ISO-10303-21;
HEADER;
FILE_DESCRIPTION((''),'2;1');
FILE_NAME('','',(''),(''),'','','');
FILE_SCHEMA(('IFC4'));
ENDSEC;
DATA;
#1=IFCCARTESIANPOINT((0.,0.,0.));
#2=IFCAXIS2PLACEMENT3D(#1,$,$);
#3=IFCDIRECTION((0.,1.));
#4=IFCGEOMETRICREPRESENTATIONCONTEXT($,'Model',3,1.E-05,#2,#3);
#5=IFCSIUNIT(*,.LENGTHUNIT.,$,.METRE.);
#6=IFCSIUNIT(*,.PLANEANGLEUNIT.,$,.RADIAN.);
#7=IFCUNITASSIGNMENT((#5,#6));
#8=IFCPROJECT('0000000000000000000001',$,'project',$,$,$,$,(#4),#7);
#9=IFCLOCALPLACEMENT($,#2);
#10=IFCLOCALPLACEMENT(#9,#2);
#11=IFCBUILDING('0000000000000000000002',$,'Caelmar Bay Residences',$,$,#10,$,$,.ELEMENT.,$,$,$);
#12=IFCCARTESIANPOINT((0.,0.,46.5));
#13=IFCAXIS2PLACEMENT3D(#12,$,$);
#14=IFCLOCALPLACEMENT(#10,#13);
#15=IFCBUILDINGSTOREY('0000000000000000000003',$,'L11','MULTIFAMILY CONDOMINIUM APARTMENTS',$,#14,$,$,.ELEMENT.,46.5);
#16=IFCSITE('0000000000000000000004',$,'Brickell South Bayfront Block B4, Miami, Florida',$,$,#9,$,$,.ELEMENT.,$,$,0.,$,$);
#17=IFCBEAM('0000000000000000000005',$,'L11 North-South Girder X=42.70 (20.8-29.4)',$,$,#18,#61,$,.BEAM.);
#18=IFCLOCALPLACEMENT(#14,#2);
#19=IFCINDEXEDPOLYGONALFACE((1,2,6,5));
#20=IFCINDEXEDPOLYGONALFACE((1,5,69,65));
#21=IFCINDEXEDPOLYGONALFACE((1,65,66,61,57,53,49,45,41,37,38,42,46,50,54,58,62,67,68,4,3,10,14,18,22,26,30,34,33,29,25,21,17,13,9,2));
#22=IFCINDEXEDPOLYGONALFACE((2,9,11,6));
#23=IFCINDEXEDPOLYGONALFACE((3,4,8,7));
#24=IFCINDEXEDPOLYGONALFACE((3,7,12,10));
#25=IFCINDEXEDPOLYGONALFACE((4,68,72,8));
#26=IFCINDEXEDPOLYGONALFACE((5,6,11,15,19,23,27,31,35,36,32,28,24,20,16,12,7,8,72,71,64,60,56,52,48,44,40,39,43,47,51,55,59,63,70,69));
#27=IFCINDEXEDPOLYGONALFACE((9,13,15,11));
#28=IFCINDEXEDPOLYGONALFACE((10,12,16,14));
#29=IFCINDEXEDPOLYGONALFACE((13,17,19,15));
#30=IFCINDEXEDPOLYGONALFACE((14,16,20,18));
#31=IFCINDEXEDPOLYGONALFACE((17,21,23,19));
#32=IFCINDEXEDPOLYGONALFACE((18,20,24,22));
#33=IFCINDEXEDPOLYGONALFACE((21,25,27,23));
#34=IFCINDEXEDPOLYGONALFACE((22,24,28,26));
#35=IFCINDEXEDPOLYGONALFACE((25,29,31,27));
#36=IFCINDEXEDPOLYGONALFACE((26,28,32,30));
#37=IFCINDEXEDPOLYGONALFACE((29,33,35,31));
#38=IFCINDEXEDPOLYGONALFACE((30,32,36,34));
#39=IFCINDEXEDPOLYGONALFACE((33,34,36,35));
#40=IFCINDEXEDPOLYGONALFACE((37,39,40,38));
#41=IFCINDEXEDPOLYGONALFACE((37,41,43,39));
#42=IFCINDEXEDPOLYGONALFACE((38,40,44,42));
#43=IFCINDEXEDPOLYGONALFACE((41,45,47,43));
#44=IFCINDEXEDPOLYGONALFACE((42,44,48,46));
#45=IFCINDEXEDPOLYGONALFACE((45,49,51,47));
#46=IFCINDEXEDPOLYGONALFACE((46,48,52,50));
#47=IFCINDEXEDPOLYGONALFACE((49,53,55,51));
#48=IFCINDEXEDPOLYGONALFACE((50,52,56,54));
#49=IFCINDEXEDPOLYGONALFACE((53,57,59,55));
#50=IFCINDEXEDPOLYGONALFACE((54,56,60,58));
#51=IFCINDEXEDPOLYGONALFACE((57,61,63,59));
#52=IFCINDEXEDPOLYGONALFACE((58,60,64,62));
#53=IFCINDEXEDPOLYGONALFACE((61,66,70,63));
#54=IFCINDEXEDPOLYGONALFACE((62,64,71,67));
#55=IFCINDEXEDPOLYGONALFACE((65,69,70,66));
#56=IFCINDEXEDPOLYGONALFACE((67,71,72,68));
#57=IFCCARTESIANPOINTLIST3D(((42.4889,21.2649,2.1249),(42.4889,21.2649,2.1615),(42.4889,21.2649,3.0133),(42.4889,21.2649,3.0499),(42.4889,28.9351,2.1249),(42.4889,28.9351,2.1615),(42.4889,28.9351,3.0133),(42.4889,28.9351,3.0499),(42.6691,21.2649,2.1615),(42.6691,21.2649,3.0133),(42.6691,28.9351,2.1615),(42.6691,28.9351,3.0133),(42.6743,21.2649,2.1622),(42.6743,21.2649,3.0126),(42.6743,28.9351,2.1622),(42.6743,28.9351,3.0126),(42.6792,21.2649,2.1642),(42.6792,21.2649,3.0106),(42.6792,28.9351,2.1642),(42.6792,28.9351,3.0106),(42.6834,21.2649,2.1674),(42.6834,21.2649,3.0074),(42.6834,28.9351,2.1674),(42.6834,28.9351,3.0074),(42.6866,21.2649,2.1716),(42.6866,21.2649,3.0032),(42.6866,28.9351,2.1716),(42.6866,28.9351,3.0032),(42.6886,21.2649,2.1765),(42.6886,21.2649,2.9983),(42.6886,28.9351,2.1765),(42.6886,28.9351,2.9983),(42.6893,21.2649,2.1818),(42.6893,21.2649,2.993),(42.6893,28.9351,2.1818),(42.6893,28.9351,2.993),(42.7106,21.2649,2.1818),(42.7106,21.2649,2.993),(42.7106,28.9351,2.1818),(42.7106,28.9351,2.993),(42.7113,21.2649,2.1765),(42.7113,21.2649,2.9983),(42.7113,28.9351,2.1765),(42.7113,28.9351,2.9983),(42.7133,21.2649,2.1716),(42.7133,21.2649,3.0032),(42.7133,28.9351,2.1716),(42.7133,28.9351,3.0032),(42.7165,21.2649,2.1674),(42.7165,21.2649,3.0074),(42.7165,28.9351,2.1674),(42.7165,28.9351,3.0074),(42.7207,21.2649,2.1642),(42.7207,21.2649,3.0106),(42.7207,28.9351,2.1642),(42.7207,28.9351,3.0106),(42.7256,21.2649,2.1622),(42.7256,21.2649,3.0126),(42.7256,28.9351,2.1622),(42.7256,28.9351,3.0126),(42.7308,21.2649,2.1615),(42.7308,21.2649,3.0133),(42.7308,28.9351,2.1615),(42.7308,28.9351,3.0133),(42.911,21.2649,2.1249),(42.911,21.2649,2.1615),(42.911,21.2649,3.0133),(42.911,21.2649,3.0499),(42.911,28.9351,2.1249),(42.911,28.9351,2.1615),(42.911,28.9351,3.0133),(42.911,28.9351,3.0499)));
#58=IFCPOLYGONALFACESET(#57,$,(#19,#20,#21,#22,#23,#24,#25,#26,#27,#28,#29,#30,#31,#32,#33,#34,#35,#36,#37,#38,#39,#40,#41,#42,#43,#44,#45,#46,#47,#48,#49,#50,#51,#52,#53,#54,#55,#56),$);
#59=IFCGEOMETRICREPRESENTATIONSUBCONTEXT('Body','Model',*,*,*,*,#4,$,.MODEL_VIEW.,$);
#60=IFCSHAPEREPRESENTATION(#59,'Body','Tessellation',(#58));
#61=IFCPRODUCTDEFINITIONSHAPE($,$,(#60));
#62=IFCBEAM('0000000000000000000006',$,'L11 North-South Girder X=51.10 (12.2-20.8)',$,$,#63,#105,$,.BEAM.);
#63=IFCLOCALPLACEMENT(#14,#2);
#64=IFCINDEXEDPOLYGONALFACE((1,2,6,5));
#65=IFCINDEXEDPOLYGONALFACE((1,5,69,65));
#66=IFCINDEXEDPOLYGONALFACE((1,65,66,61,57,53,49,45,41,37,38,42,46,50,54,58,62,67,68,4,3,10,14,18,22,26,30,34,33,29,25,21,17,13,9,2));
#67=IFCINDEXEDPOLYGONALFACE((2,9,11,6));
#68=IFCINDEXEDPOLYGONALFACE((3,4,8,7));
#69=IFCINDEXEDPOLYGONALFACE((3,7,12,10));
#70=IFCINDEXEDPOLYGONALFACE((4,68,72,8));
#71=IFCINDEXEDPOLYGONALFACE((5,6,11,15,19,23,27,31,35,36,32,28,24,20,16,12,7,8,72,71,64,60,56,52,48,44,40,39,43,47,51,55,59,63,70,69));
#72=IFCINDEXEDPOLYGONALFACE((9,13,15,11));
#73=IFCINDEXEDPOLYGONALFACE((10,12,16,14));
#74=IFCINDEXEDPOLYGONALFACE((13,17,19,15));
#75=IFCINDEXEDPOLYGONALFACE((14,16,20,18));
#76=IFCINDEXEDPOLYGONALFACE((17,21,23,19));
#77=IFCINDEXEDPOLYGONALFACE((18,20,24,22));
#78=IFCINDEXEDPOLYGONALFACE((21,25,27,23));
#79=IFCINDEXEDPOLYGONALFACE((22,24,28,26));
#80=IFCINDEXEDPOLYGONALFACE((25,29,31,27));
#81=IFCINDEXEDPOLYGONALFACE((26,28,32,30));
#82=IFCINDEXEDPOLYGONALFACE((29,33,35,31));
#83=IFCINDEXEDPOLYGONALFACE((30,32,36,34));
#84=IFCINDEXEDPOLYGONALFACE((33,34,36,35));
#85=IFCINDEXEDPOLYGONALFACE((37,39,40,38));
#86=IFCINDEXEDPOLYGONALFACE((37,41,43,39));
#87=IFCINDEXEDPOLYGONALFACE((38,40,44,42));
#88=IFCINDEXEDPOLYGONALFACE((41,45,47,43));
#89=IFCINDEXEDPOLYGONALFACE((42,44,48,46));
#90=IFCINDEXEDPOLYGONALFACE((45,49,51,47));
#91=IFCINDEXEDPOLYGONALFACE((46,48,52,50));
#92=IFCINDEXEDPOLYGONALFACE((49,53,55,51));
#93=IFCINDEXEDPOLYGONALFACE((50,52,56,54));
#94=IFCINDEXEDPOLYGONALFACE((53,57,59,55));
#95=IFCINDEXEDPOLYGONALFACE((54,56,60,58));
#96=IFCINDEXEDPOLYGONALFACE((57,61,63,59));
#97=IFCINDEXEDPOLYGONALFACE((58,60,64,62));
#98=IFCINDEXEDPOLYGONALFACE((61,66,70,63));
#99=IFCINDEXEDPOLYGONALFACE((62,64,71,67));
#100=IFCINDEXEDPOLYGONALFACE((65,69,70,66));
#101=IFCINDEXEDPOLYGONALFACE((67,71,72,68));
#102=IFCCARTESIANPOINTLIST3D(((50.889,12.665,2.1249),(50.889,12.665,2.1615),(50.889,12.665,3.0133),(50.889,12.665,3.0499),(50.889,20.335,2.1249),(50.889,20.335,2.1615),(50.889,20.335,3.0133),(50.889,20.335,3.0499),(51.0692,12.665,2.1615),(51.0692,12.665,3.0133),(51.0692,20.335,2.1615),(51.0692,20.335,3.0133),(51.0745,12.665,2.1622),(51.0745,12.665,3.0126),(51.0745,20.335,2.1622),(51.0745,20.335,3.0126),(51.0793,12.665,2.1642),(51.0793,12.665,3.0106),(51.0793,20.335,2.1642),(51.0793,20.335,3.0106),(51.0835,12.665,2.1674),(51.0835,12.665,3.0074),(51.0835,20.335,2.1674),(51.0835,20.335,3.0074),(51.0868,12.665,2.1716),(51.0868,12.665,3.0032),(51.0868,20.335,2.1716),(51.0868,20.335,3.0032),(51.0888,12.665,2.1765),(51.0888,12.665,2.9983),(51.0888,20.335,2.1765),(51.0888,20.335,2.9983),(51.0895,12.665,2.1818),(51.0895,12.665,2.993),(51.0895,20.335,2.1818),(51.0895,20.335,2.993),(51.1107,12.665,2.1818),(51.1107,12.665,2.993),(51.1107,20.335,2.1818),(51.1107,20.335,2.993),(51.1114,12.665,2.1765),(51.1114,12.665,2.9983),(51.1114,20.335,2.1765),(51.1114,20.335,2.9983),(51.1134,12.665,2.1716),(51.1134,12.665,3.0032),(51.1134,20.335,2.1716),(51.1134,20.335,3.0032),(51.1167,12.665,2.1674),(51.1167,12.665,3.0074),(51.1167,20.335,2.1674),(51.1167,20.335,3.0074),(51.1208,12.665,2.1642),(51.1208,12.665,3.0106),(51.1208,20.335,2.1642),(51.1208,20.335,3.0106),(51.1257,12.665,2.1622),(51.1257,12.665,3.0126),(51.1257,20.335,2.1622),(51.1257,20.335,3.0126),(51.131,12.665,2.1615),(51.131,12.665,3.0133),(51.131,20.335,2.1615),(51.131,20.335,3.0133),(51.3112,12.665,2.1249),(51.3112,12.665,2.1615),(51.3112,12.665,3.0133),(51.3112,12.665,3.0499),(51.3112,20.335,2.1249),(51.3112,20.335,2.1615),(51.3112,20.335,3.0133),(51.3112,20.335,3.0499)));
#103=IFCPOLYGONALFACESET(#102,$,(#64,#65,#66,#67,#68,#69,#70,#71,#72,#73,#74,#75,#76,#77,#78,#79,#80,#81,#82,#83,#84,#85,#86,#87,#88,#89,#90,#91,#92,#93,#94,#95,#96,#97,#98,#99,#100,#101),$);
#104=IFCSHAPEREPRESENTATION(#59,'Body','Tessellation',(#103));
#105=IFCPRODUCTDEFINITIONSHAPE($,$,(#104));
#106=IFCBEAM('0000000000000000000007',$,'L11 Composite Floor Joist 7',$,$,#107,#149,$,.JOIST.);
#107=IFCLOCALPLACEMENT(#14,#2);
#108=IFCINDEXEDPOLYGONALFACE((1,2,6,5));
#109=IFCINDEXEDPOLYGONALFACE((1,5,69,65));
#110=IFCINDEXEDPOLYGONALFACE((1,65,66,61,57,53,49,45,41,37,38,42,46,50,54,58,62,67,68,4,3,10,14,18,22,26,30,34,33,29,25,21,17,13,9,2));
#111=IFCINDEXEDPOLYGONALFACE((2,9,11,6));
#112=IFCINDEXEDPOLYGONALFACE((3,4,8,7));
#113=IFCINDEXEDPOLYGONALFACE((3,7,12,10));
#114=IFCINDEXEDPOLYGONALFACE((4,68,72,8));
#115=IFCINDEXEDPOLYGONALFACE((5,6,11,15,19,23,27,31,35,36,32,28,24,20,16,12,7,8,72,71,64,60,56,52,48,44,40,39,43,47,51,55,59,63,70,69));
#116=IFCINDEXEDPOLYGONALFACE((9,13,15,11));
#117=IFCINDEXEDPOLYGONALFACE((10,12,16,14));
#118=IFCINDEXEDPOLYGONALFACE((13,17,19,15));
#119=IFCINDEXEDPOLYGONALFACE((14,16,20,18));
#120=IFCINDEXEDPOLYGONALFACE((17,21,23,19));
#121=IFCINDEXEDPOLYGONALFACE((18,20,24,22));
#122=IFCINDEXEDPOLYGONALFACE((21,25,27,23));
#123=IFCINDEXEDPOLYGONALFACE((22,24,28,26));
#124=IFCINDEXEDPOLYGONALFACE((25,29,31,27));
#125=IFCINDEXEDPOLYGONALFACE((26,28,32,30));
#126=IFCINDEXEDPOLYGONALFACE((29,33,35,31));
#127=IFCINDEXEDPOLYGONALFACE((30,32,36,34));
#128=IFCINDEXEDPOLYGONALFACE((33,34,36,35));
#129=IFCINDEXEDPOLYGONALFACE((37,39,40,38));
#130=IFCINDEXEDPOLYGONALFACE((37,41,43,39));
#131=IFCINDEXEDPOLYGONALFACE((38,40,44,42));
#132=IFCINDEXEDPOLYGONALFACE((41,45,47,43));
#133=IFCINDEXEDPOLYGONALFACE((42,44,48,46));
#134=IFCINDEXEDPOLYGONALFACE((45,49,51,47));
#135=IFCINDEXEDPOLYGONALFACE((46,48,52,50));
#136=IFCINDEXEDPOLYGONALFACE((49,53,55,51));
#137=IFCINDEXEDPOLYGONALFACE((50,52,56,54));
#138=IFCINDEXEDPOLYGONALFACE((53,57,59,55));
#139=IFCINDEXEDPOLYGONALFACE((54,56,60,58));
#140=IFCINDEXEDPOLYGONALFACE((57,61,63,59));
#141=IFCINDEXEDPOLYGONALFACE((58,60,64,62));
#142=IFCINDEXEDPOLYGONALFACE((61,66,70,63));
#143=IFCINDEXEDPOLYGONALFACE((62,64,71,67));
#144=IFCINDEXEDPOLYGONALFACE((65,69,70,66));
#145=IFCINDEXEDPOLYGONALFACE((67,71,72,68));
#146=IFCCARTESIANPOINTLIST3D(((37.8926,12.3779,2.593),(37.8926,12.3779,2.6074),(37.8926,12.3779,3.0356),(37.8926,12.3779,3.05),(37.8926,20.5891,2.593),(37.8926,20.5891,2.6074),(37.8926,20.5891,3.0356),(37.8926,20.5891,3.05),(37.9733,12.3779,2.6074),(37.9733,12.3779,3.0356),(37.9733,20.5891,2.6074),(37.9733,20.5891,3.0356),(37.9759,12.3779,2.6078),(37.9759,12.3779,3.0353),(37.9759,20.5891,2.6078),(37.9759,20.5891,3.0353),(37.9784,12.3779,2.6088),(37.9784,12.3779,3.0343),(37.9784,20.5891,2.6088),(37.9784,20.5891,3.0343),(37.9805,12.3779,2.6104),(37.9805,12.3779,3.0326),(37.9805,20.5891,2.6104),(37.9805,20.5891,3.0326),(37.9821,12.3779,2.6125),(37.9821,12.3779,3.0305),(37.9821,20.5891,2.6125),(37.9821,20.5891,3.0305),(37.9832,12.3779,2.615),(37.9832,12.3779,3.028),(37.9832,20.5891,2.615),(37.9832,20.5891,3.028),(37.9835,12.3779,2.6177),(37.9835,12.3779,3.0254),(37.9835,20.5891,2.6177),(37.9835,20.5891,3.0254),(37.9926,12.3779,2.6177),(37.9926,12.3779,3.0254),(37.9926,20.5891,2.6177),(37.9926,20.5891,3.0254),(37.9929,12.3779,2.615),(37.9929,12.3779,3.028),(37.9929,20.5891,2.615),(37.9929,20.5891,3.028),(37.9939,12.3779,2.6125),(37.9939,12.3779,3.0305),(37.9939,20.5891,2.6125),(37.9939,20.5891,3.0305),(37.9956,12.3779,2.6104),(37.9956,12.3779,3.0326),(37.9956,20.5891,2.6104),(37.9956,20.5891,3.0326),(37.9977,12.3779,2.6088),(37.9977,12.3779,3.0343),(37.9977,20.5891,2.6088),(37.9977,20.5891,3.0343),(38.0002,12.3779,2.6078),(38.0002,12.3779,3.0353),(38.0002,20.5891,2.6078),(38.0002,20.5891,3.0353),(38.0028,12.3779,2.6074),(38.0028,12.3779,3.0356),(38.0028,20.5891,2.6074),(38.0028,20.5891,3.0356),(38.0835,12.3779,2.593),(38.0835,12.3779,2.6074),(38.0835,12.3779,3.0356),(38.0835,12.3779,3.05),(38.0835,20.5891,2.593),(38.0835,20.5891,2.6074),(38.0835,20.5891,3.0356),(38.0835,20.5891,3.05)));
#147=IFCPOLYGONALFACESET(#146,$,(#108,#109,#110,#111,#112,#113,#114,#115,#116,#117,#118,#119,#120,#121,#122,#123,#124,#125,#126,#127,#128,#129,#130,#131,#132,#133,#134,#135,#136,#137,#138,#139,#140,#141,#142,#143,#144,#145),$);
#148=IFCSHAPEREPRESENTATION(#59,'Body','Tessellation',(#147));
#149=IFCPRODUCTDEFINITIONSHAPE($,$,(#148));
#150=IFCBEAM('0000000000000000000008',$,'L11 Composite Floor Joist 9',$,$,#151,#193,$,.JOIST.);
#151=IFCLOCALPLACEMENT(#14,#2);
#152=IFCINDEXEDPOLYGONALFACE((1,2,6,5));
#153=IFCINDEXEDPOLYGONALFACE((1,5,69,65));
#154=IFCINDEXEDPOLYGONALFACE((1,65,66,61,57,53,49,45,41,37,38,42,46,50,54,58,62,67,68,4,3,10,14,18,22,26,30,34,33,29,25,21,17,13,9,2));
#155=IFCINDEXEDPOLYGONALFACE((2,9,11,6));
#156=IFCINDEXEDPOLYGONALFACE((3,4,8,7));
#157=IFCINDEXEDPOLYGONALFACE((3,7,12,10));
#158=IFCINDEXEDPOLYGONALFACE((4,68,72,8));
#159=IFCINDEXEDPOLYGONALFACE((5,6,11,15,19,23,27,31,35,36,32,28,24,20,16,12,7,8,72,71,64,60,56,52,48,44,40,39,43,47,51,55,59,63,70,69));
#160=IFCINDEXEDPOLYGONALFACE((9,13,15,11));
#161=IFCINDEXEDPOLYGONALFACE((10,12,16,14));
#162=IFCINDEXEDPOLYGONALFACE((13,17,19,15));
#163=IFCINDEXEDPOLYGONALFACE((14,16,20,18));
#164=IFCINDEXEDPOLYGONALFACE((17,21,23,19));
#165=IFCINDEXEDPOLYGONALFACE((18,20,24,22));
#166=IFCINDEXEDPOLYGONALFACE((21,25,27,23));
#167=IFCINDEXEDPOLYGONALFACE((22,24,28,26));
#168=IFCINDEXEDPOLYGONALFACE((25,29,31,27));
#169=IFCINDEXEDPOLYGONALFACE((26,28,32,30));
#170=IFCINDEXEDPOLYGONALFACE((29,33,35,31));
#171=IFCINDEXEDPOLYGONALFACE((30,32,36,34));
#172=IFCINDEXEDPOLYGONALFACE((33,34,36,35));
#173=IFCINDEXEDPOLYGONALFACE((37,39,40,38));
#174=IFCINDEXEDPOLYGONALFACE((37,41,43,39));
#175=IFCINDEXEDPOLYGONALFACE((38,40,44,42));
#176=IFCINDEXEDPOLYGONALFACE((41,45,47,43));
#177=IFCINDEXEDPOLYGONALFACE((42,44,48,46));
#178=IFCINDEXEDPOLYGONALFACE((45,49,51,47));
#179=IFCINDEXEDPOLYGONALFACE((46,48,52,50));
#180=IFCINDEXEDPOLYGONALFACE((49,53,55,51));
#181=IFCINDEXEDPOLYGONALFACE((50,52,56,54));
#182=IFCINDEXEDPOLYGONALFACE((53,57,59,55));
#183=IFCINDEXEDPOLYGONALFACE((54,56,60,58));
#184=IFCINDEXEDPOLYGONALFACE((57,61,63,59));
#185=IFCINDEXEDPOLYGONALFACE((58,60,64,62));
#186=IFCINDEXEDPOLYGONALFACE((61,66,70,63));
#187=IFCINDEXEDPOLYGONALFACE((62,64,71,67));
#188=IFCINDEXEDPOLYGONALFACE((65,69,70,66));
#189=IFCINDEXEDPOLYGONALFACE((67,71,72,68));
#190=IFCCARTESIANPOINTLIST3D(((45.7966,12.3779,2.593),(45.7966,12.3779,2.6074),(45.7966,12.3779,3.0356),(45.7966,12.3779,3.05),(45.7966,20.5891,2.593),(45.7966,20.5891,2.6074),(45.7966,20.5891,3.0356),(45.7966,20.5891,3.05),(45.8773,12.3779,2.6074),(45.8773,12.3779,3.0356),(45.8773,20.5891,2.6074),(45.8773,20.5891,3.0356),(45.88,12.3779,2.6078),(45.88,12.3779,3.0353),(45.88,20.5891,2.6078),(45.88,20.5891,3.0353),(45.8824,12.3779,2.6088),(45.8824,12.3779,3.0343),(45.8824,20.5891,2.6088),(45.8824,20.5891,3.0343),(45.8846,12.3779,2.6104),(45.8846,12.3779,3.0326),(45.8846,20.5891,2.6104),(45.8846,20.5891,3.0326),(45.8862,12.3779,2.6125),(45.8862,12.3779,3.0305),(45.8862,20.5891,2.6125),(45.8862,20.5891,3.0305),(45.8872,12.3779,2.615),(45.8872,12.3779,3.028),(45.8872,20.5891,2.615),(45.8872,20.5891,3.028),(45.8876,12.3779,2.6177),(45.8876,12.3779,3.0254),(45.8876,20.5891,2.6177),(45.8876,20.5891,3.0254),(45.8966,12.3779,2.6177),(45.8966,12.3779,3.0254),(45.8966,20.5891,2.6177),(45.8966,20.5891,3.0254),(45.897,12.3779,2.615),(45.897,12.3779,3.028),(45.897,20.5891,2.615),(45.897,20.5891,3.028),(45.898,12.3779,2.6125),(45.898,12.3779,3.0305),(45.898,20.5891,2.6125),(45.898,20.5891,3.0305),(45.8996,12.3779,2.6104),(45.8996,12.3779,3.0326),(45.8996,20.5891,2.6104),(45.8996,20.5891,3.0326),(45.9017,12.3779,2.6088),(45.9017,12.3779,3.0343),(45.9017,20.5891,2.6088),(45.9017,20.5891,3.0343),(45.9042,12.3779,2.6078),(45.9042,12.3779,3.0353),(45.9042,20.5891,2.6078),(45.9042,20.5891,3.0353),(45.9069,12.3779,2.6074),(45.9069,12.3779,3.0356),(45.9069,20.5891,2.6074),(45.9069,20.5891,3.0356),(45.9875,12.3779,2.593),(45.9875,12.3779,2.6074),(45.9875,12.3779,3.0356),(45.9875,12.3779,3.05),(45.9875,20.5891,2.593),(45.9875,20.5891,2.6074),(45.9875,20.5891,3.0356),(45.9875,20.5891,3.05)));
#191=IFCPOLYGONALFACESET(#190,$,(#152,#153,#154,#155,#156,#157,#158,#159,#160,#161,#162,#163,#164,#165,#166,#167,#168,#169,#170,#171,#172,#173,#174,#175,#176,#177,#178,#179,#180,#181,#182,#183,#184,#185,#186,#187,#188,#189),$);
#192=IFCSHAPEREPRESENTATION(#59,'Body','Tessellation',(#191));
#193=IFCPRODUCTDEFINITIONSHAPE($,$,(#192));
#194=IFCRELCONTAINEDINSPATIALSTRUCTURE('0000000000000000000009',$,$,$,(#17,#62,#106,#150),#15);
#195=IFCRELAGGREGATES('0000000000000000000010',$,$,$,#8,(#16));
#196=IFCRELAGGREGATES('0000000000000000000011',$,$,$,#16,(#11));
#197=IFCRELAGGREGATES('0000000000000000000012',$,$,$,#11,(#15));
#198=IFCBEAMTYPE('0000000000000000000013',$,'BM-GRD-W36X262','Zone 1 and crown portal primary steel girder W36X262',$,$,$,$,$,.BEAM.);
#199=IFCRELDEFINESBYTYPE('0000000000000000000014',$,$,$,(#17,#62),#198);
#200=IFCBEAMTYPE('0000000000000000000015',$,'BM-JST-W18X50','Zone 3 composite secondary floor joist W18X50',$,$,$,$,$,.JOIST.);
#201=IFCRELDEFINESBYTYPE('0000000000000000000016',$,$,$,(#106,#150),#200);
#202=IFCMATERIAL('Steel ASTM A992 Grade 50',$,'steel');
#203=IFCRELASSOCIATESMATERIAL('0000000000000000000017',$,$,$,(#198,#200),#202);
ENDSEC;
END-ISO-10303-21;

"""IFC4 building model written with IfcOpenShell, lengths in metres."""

from ifc_helpers import new_model, si_unit, direction, frame, origin, origin_2d, place, context, subcontext, project, spatial, i_section, extrude, material, material_profile, profile_set, type_object, element, save


model = new_model("IFC4")

# Units and contexts
model_context = context("Model", 3, precision=1e-05, world=origin(), true_north=direction((0.0, 1.0)))
body_context = subcontext(model_context, "Body", "Model", "MODEL_VIEW")
ifc_project = project(units=[si_unit("LENGTHUNIT", "METRE"), si_unit("PLANEANGLEUNIT", "RADIAN")], contexts=[model_context])

# Site, building, storey
site_placement = place(None, origin())
site = spatial("IfcSite", under=ifc_project, at=site_placement, Name="Brickell South Bayfront Block B4, Miami, Florida", CompositionType="ELEMENT", RefElevation=0.0)
building_placement = place(site_placement, origin())
building = spatial("IfcBuilding", under=site, at=building_placement, Name="Caelmar Bay Residences", CompositionType="ELEMENT")
storey_placement = place(building_placement, frame((0.0, 0.0, 46.5)))
storey = spatial("IfcBuildingStorey", under=building, at=storey_placement, Name="L11", Description="MULTIFAMILY CONDOMINIUM APARTMENTS", CompositionType="ELEMENT", Elevation=46.5)

# Beams
ifc_material_1 = material(Name="Steel ASTM A992 Grade 50", Category="steel")
ifc_material_profile_1 = material_profile(ifc_material_1, i_section(OverallWidth=0.4221, OverallDepth=0.925, WebThickness=0.0212, FlangeThickness=0.0366, FilletRadius=0.0203, at=origin_2d()), Name="W36X262")
ifc_profile_set_1 = profile_set([ifc_material_profile_1], Name="Steel ASTM A992 Grade 50")
beam_type_1 = type_object("IfcBeamType", Name="BM-GRD-W36X262", Description="Zone 1 and crown portal primary steel girder W36X262", PredefinedType="BEAM", material=ifc_profile_set_1)
beam_1_placement = place(storey_placement, frame((42.7, 21.2649, 2.5874), z_axis=(0.0, 1.0, 0.0), x_axis=(-1.0, 0.0, 0.0)))
element("IfcBeam", 1, at=beam_1_placement, inside=storey, type_object=beam_type_1, Name="L11 North-South Girder X=42.70 (20.8-29.4)", PredefinedType="BEAM", context=body_context, shape_type="SweptSolid", body=[
    extrude(i_section(OverallWidth=0.4221, OverallDepth=0.925, WebThickness=0.0212, FlangeThickness=0.0366, FilletRadius=0.0203, at=origin_2d()), origin(), (0.0, 0.0, 1.0), 7.6702),
])
beam_2_placement = place(storey_placement, frame((51.1001, 12.665, 2.5874), z_axis=(0.0, 1.0, 0.0), x_axis=(-1.0, 0.0, 0.0)))
element("IfcBeam", 2, at=beam_2_placement, inside=storey, type_object=beam_type_1, Name="L11 North-South Girder X=51.10 (12.2-20.8)", PredefinedType="BEAM", context=body_context, shape_type="SweptSolid", body=[
    extrude(i_section(OverallWidth=0.4221, OverallDepth=0.925, WebThickness=0.0212, FlangeThickness=0.0366, FilletRadius=0.0203, at=origin_2d()), origin(), (0.0, 0.0, 1.0), 7.6699),
])
ifc_material_profile_2 = material_profile(ifc_material_1, i_section(OverallWidth=0.1909, OverallDepth=0.457, WebThickness=0.009, FlangeThickness=0.0144, FilletRadius=0.0103, at=origin_2d()), Name="W18X50")
ifc_profile_set_2 = profile_set([ifc_material_profile_2], Name="Steel ASTM A992 Grade 50")
beam_type_2 = type_object("IfcBeamType", Name="BM-JST-W18X50", Description="Zone 3 composite secondary floor joist W18X50", PredefinedType="JOIST", material=ifc_profile_set_2)
for number, where, z_axis, x_axis, name in (
    (3, (37.988, 12.3779, 2.8215), (0.0, 1.0, 0.0), (-1.0, 0.0, 0.0), "L11 Composite Floor Joist 7"),
    (4, (45.8921, 12.3779, 2.8215), (0.0, 1.0, 0.0), (-1.0, 0.0, 0.0), "L11 Composite Floor Joist 9"),
):
    element("IfcBeam", number, at=place(storey_placement, frame(where, z_axis=z_axis, x_axis=x_axis)), inside=storey, type_object=beam_type_2, Name=name, PredefinedType="JOIST", context=body_context, shape_type="SweptSolid", body=[
        extrude(i_section(OverallWidth=0.1909, OverallDepth=0.457, WebThickness=0.009, FlangeThickness=0.0144, FilletRadius=0.0103, at=origin_2d()), origin(), (0.0, 0.0, 1.0), 8.2112),
    ])

save(model, "model.ifc")
